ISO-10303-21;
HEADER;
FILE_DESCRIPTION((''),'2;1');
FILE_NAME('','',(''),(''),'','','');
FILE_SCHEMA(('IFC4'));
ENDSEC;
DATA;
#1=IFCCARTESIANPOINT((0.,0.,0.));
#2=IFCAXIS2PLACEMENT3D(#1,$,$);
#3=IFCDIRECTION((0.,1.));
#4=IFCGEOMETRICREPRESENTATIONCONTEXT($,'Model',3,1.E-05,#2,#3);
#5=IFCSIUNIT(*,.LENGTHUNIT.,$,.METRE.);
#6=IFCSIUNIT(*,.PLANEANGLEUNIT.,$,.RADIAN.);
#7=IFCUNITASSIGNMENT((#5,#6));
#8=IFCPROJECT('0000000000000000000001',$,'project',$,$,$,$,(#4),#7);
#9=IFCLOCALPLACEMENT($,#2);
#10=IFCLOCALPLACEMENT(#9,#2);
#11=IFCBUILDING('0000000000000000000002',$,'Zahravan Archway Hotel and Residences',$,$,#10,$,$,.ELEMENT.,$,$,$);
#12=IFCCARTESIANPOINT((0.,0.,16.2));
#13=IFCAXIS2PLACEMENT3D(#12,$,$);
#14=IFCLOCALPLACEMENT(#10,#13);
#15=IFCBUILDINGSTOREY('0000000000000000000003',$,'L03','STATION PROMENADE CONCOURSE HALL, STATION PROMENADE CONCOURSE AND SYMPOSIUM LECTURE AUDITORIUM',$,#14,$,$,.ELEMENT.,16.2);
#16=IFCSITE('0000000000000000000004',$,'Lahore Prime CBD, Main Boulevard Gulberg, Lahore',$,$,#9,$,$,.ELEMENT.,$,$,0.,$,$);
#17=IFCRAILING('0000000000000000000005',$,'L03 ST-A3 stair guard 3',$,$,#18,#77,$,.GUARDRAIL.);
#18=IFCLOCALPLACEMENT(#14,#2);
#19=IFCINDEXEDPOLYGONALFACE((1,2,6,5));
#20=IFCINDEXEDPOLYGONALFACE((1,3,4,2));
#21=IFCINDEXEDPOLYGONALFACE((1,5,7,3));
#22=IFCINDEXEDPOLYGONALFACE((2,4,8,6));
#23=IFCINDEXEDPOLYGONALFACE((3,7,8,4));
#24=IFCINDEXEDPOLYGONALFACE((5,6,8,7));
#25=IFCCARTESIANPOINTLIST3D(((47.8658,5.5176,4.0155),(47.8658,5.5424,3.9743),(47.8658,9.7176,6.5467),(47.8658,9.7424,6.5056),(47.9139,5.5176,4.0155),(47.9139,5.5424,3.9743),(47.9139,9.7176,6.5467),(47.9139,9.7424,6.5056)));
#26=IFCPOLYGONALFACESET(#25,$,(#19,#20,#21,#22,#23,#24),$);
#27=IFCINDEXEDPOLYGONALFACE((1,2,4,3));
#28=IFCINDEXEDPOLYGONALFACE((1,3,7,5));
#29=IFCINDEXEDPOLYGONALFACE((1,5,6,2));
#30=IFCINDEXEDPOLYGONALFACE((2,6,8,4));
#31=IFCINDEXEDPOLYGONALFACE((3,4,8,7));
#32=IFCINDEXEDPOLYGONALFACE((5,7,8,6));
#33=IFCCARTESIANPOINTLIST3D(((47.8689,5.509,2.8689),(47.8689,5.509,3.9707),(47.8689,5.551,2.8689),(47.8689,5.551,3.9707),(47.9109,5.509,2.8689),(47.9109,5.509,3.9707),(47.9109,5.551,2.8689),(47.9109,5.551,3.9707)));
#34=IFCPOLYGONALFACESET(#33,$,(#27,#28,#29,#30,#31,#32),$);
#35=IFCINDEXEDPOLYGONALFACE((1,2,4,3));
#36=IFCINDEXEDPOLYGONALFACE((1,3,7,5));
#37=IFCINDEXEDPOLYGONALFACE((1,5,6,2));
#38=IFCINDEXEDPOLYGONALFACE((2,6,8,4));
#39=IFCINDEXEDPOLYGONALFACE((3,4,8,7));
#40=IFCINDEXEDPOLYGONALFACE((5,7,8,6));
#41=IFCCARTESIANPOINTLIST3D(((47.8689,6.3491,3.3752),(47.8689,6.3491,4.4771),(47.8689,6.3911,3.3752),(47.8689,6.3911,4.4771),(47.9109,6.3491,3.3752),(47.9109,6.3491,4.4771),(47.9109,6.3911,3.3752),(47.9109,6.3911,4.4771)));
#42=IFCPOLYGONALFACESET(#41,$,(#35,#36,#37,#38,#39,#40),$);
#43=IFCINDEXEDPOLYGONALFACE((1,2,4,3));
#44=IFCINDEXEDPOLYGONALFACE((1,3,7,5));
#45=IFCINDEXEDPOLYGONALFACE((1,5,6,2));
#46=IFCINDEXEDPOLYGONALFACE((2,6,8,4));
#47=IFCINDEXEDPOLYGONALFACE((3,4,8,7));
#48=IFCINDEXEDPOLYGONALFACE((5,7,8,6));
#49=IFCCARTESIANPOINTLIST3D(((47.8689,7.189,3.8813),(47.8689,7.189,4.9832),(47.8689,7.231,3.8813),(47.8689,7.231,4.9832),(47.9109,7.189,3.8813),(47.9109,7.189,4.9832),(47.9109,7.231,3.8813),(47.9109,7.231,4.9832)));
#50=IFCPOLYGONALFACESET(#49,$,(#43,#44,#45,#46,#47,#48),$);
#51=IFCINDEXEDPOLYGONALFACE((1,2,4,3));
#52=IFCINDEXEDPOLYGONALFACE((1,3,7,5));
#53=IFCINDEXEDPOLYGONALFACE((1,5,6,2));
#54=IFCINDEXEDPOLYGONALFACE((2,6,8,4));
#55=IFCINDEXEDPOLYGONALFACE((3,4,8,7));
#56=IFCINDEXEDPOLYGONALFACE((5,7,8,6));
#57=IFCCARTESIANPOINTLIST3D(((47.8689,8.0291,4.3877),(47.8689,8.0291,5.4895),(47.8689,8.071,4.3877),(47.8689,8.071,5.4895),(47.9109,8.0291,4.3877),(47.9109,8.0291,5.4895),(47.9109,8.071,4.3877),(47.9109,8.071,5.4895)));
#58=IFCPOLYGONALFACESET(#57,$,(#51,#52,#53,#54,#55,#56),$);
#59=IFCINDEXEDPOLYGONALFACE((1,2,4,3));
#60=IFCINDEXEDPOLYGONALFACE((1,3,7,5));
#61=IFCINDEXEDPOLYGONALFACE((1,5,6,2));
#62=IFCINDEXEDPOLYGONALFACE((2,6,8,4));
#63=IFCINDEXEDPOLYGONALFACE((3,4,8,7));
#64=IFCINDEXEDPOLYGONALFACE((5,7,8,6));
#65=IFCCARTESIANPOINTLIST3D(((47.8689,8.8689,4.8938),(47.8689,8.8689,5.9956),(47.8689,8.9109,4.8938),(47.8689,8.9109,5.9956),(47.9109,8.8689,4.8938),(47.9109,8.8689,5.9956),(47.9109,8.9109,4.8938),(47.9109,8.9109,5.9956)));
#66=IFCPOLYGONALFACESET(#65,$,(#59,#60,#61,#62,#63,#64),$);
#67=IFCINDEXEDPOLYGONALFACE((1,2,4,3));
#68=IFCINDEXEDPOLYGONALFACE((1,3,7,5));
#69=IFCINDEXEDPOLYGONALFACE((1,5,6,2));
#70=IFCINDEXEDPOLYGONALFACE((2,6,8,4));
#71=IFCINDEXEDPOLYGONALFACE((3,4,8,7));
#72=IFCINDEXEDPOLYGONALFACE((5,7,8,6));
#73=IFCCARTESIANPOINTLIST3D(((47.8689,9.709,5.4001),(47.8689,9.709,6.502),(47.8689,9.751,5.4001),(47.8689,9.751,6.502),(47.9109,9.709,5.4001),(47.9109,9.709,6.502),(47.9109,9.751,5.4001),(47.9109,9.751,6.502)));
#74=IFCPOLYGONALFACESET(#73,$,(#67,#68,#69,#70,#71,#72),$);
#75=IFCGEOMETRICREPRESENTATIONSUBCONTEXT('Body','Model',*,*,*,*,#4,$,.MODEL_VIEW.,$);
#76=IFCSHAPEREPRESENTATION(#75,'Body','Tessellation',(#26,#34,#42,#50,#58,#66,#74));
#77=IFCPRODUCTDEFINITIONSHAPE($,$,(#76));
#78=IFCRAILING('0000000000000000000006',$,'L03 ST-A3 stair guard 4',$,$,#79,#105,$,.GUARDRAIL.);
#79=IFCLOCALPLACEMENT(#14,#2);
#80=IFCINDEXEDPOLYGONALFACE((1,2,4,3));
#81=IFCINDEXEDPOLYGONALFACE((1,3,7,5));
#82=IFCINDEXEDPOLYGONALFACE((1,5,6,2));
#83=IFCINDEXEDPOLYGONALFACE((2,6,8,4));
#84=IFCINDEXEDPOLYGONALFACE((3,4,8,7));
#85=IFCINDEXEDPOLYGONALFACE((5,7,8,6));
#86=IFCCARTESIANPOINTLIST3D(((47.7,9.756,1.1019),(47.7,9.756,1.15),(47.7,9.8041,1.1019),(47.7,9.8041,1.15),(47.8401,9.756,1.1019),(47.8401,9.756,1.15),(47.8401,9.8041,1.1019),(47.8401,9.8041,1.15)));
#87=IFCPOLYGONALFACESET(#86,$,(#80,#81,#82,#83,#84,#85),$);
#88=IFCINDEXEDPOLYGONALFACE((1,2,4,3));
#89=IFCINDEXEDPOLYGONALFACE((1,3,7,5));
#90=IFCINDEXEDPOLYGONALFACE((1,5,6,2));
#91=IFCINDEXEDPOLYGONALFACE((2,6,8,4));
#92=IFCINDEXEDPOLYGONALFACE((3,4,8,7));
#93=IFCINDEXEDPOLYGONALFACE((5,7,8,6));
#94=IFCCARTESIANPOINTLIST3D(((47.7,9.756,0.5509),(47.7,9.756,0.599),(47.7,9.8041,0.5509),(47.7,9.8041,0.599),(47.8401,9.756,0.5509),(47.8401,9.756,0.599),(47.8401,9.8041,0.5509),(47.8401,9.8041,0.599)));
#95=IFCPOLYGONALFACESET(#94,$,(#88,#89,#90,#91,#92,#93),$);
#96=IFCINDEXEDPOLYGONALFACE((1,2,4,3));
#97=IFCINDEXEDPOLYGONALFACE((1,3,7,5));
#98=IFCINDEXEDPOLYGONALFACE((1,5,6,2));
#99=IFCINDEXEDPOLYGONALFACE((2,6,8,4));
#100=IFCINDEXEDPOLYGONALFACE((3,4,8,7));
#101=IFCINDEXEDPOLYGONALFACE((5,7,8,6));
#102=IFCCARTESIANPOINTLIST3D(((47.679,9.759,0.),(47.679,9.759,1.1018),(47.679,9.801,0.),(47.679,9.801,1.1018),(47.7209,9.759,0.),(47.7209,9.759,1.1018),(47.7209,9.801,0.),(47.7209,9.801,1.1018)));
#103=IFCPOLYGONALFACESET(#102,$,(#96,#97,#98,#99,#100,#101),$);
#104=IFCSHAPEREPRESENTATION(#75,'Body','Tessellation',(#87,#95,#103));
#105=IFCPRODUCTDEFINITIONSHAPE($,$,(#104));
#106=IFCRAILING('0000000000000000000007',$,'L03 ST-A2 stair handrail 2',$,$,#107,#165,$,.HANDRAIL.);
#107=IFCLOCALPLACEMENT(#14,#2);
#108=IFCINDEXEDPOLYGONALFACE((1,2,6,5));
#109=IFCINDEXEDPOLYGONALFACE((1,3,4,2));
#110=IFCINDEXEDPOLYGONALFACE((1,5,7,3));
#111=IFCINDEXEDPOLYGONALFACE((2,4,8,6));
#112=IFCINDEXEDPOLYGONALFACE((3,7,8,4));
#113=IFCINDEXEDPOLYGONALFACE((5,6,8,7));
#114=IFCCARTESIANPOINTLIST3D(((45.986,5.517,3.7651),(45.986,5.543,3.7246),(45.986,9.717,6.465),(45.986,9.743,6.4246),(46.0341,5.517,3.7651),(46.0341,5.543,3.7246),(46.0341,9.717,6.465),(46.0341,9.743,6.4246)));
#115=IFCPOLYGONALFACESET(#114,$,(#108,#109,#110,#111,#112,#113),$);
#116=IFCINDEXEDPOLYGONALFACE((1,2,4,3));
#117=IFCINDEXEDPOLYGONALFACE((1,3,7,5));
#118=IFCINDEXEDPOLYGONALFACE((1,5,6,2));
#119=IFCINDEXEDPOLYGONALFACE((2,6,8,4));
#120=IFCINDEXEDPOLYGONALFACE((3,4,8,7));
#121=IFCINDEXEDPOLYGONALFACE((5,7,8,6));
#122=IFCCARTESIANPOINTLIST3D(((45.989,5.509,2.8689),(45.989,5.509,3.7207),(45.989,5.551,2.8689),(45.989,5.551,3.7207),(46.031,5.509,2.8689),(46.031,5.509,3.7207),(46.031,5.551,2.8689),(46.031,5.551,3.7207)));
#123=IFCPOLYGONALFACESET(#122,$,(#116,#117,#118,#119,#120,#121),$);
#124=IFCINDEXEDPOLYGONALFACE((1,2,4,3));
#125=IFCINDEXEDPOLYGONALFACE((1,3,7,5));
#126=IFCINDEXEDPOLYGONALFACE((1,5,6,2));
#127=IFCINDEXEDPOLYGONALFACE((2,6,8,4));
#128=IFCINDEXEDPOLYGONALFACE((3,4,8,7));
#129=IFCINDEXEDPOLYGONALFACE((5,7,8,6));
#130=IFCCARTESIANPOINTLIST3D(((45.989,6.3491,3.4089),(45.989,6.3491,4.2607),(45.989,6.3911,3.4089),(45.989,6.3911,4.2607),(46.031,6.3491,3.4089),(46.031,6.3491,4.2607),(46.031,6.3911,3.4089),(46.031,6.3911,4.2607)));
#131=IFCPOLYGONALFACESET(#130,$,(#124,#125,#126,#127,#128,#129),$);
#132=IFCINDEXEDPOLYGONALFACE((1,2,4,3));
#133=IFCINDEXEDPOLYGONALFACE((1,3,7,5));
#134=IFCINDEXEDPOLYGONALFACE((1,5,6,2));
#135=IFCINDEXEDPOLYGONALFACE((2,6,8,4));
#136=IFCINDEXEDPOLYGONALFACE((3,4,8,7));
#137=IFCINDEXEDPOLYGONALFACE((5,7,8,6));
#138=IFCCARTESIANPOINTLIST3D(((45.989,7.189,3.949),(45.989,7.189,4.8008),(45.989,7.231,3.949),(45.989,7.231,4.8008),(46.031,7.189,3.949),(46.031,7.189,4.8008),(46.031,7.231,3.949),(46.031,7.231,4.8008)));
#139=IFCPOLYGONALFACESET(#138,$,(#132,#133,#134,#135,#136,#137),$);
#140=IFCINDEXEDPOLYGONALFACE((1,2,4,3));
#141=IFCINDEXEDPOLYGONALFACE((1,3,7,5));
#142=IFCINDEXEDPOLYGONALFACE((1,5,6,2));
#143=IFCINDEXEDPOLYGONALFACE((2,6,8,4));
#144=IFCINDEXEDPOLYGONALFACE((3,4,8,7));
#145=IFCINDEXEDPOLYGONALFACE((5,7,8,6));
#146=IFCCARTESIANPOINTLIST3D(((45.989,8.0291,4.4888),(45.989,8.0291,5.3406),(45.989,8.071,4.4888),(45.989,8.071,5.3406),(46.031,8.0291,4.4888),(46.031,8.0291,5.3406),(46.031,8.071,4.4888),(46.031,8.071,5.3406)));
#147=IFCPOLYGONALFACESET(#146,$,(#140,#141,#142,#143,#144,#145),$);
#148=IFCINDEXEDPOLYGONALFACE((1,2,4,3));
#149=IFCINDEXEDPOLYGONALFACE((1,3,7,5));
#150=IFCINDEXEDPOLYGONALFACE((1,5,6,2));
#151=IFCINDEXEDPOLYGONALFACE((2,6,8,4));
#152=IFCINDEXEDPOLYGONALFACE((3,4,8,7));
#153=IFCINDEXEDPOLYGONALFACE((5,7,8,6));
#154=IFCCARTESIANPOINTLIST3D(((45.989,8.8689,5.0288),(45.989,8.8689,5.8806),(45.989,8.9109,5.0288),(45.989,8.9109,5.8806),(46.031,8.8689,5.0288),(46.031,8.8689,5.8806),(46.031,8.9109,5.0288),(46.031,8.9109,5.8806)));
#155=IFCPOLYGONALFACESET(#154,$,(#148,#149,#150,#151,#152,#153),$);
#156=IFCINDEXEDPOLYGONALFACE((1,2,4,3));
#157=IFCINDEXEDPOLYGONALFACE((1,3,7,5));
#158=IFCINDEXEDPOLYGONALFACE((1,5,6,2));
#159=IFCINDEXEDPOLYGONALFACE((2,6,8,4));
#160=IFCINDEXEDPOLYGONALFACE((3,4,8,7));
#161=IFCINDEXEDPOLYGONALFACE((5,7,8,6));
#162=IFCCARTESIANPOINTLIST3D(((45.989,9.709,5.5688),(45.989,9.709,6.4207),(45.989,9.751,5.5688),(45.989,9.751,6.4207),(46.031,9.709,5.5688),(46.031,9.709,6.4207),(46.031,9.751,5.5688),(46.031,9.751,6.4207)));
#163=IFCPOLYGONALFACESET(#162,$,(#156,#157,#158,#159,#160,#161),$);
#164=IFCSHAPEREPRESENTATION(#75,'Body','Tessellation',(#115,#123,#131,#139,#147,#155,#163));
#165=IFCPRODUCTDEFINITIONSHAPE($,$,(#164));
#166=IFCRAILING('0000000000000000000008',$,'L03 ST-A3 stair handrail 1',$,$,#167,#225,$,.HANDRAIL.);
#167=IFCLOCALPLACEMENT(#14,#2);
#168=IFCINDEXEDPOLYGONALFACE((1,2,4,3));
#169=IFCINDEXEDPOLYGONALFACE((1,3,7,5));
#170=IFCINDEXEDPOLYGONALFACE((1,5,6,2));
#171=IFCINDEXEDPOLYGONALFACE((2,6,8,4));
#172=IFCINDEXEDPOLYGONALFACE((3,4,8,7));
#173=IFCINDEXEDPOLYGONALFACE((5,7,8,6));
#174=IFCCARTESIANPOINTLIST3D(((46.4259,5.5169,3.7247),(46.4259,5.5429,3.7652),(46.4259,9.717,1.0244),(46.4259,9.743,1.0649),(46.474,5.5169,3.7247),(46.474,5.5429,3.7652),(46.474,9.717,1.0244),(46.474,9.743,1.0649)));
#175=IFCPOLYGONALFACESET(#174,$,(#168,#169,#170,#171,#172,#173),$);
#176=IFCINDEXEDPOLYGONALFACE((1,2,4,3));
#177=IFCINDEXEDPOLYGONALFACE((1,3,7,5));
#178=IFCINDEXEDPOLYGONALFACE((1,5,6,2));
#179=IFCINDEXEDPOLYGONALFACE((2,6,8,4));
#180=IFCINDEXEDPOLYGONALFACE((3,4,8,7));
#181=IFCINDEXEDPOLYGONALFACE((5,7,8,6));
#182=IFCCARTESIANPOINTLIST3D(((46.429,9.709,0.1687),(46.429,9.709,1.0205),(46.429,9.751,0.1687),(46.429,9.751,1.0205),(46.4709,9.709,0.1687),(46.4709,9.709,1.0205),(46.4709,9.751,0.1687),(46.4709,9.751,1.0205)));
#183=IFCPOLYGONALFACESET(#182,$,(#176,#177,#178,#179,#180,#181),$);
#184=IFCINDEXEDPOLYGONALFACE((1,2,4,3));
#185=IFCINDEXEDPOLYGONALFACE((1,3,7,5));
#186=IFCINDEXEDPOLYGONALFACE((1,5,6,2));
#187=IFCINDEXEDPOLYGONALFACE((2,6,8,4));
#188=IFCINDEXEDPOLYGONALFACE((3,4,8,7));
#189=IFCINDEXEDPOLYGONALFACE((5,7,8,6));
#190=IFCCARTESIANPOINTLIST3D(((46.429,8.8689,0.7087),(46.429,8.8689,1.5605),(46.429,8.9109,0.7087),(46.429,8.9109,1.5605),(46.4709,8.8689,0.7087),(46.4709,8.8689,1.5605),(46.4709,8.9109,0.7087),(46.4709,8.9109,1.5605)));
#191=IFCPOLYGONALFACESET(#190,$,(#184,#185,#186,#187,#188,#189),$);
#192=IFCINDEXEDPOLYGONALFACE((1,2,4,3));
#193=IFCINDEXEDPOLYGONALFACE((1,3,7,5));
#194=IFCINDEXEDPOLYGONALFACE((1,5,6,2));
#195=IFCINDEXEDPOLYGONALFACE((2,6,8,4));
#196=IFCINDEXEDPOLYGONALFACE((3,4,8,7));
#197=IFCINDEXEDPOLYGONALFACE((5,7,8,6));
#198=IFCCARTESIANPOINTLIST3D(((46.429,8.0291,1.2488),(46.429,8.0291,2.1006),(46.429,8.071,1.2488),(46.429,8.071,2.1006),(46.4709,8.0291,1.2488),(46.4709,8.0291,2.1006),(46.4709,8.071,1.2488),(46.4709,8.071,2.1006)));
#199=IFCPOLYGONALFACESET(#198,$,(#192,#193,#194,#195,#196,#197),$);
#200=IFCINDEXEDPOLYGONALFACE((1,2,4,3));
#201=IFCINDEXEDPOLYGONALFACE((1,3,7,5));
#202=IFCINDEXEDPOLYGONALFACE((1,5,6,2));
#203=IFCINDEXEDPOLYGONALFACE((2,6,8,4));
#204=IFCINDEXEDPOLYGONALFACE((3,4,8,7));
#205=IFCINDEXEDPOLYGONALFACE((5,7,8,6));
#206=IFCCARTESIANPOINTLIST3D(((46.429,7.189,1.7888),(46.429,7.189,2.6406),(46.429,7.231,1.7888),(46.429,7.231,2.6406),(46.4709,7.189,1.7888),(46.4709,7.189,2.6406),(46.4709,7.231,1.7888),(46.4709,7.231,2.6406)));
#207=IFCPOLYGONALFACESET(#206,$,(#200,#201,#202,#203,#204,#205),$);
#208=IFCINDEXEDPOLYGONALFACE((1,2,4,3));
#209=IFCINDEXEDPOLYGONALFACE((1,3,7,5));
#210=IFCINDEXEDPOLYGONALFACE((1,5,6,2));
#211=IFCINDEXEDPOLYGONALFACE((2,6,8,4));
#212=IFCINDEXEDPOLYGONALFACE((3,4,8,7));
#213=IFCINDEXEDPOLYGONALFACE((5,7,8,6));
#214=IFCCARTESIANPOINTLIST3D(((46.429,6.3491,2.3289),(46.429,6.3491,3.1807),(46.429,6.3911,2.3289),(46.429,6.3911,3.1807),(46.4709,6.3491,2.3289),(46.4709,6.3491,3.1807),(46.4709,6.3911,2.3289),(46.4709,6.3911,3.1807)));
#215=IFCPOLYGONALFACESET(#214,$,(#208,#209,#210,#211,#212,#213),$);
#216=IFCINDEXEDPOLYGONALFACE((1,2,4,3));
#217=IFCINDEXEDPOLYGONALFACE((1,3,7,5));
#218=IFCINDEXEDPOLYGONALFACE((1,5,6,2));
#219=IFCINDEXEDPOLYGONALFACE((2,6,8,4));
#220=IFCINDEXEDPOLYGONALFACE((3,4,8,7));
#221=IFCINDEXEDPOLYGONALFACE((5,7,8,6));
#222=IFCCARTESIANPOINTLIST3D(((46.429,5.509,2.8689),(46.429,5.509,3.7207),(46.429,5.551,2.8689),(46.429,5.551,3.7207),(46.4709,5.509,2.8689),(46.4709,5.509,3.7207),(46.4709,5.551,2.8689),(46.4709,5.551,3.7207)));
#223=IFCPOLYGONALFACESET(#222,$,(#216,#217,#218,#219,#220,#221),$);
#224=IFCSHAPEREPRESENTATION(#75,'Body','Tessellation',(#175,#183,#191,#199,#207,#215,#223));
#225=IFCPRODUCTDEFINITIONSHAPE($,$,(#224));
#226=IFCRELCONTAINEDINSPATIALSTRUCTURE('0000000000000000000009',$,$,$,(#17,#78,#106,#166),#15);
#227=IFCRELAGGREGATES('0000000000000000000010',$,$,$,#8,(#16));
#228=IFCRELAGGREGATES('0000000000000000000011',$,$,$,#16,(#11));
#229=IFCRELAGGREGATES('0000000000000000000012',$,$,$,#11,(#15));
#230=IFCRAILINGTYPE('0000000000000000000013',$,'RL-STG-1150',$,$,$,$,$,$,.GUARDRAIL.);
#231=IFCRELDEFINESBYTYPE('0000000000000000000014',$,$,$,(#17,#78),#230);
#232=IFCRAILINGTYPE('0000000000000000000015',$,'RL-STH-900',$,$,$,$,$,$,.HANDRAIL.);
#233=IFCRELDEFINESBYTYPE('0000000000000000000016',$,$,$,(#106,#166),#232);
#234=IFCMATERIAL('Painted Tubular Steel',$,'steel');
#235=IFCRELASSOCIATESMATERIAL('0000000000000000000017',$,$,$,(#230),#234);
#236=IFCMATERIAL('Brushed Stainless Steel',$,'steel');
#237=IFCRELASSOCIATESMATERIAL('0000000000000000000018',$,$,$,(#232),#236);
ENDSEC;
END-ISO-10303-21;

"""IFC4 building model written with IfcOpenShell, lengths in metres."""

from ifc_helpers import new_model, si_unit, direction, frame, origin, origin_2d, place, context, subcontext, project, spatial, rectangle, extrude, material, type_object, element, save


model = new_model("IFC4")

# Units and contexts
model_context = context("Model", 3, precision=1e-05, world=origin(), true_north=direction((0.0, 1.0)))
body_context = subcontext(model_context, "Body", "Model", "MODEL_VIEW")
ifc_project = project(units=[si_unit("LENGTHUNIT", "METRE"), si_unit("PLANEANGLEUNIT", "RADIAN")], contexts=[model_context])

# Site, building, storey
site_placement = place(None, origin())
site = spatial("IfcSite", under=ifc_project, at=site_placement, Name="Lahore Prime CBD, Main Boulevard Gulberg, Lahore", CompositionType="ELEMENT", RefElevation=0.0)
building_placement = place(site_placement, origin())
building = spatial("IfcBuilding", under=site, at=building_placement, Name="Zahravan Archway Hotel and Residences", CompositionType="ELEMENT")
storey_placement = place(building_placement, frame((0.0, 0.0, 16.2)))
storey = spatial("IfcBuildingStorey", under=building, at=storey_placement, Name="L03", Description="STATION PROMENADE CONCOURSE HALL, STATION PROMENADE CONCOURSE AND SYMPOSIUM LECTURE AUDITORIUM", CompositionType="ELEMENT", Elevation=16.2)

# Railings
ifc_material_1 = material(Name="Painted Tubular Steel", Category="steel")
railing_type_1 = type_object("IfcRailingType", Name="RL-STG-1150", PredefinedType="GUARDRAIL", material=ifc_material_1)
railing_1_placement = place(storey_placement, frame((47.8899, 5.53, 2.8689)))
element("IfcRailing", 1, at=railing_1_placement, inside=storey, type_object=railing_type_1, Name="L03 ST-A3 stair guard 3", PredefinedType="GUARDRAIL", context=body_context, shape_type="SweptSolid", body=[
    extrude(rectangle(XDim=0.0481, YDim=0.0481, at=origin_2d()), frame((0.0, 0.0, 1.126), z_axis=(0.0, 0.856476, 0.516186), x_axis=(-1.0, 0.0, 0.0)), (0.0, 0.0, 1.0), 4.9038),
    extrude(rectangle(XDim=0.042, YDim=0.042, at=origin_2d()), origin(), (0.0, 0.0, 1.0), 1.1018),
    extrude(rectangle(XDim=0.042, YDim=0.042, at=origin_2d()), frame((0.0, 0.8401, 0.5063)), (0.0, 0.0, 1.0), 1.1018),
    extrude(rectangle(XDim=0.042, YDim=0.042, at=origin_2d()), frame((0.0, 1.6799, 1.0125)), (0.0, 0.0, 1.0), 1.1018),
    extrude(rectangle(XDim=0.042, YDim=0.042, at=origin_2d()), frame((0.0, 2.52, 1.5188)), (0.0, 0.0, 1.0), 1.1018),
    extrude(rectangle(XDim=0.042, YDim=0.042, at=origin_2d()), frame((0.0, 3.3599, 2.0249)), (0.0, 0.0, 1.0), 1.1018),
    extrude(rectangle(XDim=0.042, YDim=0.042, at=origin_2d()), frame((0.0, 4.2, 2.5312)), (0.0, 0.0, 1.0), 1.1018),
])
railing_2_placement = place(storey_placement, frame((47.7, 9.78, 0.0)))
element("IfcRailing", 2, at=railing_2_placement, inside=storey, type_object=railing_type_1, Name="L03 ST-A3 stair guard 4", PredefinedType="GUARDRAIL", context=body_context, shape_type="SweptSolid", body=[
    extrude(rectangle(XDim=0.0481, YDim=0.0481, at=origin_2d()), frame((0.0, 0.0, 1.126), z_axis=(1.0, 0.0, 0.0), x_axis=(0.0, 1.0, 0.0)), (0.0, 0.0, 1.0), 0.1401),
    extrude(rectangle(XDim=0.0481, YDim=0.0481, at=origin_2d()), frame((0.0, 0.0, 0.575), z_axis=(1.0, 0.0, 0.0), x_axis=(0.0, 1.0, 0.0)), (0.0, 0.0, 1.0), 0.1401),
    extrude(rectangle(XDim=0.042, YDim=0.042, at=origin_2d()), origin(), (0.0, 0.0, 1.0), 1.1018),
])
ifc_material_2 = material(Name="Brushed Stainless Steel", Category="steel")
railing_type_2 = type_object("IfcRailingType", Name="RL-STH-900", PredefinedType="HANDRAIL", material=ifc_material_2)
railing_3_placement = place(storey_placement, frame((46.01, 5.53, 2.8689)))
element("IfcRailing", 3, at=railing_3_placement, inside=storey, type_object=railing_type_2, Name="L03 ST-A2 stair handrail 2", PredefinedType="HANDRAIL", context=body_context, shape_type="SweptSolid", body=[
    extrude(rectangle(XDim=0.0481, YDim=0.0481, at=origin_2d()), frame((0.0, 0.0, 0.876), z_axis=(0.0, 0.84118, 0.540755), x_axis=(-1.0, 0.0, 0.0)), (0.0, 0.0, 1.0), 4.9929),
    extrude(rectangle(XDim=0.042, YDim=0.042, at=origin_2d()), origin(), (0.0, 0.0, 1.0), 0.8518),
    extrude(rectangle(XDim=0.042, YDim=0.042, at=origin_2d()), frame((0.0, 0.8401, 0.54)), (0.0, 0.0, 1.0), 0.8518),
    extrude(rectangle(XDim=0.042, YDim=0.042, at=origin_2d()), frame((0.0, 1.6799, 1.0801)), (0.0, 0.0, 1.0), 0.8518),
    extrude(rectangle(XDim=0.042, YDim=0.042, at=origin_2d()), frame((0.0, 2.52, 1.6199)), (0.0, 0.0, 1.0), 0.8518),
    extrude(rectangle(XDim=0.042, YDim=0.042, at=origin_2d()), frame((0.0, 3.3599, 2.1599)), (0.0, 0.0, 1.0), 0.8518),
    extrude(rectangle(XDim=0.042, YDim=0.042, at=origin_2d()), frame((0.0, 4.2, 2.7)), (0.0, 0.0, 1.0), 0.8518),
])
railing_4_placement = place(storey_placement, frame((46.45, 9.73, 0.1687)))
element("IfcRailing", 4, at=railing_4_placement, inside=storey, type_object=railing_type_2, Name="L03 ST-A3 stair handrail 1", PredefinedType="HANDRAIL", context=body_context, shape_type="SweptSolid", body=[
    extrude(rectangle(XDim=0.0481, YDim=0.0481, at=origin_2d()), frame((0.0, 0.0, 0.876), z_axis=(0.0, -0.841158, 0.54079), x_axis=(1.0, 0.0, 0.0)), (0.0, 0.0, 1.0), 4.9932),
    extrude(rectangle(XDim=0.042, YDim=0.042, at=origin_2d()), origin(), (0.0, 0.0, 1.0), 0.8518),
    extrude(rectangle(XDim=0.042, YDim=0.042, at=origin_2d()), frame((0.0, -0.8401, 0.54)), (0.0, 0.0, 1.0), 0.8518),
    extrude(rectangle(XDim=0.042, YDim=0.042, at=origin_2d()), frame((0.0, -1.6799, 1.0801)), (0.0, 0.0, 1.0), 0.8518),
    extrude(rectangle(XDim=0.042, YDim=0.042, at=origin_2d()), frame((0.0, -2.52, 1.6201)), (0.0, 0.0, 1.0), 0.8518),
    extrude(rectangle(XDim=0.042, YDim=0.042, at=origin_2d()), frame((0.0, -3.3599, 2.1602)), (0.0, 0.0, 1.0), 0.8518),
    extrude(rectangle(XDim=0.042, YDim=0.042, at=origin_2d()), frame((0.0, -4.2, 2.7002)), (0.0, 0.0, 1.0), 0.8518),
])

save(model, "model.ifc")
